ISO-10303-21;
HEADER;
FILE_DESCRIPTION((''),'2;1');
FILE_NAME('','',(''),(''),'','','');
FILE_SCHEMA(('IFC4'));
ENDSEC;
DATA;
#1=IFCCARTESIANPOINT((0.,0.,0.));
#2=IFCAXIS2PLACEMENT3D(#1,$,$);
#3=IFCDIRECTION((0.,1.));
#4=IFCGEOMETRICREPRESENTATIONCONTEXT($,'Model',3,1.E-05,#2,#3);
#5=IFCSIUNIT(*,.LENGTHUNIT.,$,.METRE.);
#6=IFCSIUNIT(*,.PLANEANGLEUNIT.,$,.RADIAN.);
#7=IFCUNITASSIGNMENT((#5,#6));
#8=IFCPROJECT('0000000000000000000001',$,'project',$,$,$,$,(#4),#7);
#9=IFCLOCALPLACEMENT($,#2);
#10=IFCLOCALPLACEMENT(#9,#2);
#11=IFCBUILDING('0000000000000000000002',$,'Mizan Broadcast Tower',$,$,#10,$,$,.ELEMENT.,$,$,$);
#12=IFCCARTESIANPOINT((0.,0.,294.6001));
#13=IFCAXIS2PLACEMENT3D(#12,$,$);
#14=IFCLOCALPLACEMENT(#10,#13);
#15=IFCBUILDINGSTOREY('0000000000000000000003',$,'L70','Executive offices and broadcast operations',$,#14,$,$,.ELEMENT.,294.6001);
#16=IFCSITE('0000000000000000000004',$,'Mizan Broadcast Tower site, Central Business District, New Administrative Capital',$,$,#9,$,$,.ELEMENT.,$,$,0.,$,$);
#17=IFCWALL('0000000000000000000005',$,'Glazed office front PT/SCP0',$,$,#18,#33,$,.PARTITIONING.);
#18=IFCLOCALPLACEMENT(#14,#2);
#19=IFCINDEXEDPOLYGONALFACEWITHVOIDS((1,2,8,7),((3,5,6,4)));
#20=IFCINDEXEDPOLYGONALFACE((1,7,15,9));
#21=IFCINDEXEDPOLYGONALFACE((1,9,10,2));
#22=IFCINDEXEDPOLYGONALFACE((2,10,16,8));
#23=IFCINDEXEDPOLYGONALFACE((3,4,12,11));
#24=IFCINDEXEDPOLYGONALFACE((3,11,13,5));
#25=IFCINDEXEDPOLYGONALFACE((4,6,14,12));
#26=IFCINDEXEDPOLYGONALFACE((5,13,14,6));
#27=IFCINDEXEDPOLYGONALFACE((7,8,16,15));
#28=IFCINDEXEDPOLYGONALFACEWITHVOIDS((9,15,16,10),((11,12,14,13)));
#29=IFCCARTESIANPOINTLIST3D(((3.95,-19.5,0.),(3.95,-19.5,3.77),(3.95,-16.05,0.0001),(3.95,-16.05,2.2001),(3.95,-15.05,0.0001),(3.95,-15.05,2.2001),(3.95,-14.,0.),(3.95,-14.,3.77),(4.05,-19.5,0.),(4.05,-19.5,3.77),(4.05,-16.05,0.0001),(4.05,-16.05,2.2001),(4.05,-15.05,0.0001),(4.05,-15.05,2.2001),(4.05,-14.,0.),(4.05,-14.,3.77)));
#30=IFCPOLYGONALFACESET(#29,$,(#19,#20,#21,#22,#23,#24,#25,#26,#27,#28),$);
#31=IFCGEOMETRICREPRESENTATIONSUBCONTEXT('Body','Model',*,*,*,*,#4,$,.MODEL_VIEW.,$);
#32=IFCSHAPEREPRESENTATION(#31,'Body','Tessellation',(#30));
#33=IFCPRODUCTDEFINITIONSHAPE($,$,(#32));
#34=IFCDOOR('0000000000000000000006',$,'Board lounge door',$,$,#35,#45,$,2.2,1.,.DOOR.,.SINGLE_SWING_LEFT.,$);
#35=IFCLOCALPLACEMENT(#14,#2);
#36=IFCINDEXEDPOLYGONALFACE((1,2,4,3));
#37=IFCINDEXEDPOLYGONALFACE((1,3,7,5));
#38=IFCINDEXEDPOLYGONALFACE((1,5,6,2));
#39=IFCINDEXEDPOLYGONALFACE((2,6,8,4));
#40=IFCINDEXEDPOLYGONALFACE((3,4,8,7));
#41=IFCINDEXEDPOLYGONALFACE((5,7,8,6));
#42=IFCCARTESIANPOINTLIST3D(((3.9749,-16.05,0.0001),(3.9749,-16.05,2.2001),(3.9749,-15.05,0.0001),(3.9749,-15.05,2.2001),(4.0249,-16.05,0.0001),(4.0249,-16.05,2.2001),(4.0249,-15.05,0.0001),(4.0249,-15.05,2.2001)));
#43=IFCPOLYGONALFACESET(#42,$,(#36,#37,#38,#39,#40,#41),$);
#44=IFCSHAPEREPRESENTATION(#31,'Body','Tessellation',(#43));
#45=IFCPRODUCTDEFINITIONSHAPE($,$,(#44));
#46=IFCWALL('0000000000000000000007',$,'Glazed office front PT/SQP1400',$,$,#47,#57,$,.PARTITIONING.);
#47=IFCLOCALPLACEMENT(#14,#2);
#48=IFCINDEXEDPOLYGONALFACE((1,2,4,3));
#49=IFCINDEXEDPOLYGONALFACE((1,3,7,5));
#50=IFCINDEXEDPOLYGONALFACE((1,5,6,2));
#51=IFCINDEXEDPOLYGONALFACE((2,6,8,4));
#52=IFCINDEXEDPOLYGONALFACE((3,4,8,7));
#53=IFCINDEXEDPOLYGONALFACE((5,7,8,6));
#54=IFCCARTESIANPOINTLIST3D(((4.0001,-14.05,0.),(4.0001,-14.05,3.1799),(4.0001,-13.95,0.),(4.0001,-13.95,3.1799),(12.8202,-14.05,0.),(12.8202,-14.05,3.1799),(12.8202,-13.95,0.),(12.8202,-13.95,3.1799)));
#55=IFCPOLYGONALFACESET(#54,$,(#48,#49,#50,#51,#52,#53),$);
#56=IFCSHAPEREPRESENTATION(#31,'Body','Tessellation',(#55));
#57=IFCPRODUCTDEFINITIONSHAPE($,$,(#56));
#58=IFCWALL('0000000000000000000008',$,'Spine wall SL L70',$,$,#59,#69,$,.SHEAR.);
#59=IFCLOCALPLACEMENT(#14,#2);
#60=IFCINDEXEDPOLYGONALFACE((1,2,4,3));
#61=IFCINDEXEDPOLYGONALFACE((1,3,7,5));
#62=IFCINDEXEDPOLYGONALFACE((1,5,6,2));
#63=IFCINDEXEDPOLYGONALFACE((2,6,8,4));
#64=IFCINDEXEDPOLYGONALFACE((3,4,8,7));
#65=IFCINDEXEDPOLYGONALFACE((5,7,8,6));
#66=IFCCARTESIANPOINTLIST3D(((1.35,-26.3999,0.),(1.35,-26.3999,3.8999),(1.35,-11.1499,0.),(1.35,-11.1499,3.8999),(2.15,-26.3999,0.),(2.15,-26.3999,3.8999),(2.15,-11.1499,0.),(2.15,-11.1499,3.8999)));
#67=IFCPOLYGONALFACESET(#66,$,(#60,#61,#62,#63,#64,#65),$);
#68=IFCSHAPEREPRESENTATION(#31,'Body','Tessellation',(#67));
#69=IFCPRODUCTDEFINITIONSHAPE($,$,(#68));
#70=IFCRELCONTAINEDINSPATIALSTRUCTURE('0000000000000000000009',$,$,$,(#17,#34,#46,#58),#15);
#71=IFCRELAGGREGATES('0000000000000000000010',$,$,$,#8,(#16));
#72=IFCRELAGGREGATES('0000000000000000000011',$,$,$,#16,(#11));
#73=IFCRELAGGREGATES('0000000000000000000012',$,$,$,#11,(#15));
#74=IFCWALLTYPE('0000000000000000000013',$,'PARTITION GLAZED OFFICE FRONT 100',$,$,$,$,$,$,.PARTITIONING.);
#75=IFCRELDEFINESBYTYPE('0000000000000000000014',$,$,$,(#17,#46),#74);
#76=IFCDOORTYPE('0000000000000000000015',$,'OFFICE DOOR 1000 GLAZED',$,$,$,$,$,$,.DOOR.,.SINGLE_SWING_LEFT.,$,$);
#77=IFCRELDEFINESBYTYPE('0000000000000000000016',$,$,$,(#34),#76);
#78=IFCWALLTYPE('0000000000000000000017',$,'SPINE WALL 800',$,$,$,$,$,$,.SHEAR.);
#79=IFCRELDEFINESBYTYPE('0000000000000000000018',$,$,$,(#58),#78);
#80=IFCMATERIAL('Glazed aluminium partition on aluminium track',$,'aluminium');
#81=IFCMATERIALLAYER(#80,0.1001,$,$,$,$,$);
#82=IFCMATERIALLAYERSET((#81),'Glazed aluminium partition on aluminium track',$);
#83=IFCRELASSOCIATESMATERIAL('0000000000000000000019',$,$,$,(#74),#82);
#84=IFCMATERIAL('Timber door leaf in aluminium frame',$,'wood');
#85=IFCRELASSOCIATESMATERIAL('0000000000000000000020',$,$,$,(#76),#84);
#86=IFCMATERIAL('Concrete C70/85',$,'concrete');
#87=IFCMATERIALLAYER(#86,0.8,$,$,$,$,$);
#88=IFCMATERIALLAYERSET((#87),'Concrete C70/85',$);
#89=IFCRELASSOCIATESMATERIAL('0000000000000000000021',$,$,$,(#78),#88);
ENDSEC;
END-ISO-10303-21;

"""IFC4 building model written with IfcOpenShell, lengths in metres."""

from ifc_helpers import new_model, si_unit, direction, frame, frame_2d, origin, place, context, subcontext, project, spatial, rectangle, extrude, material, layer, layer_set, type_object, element, fill, save


model = new_model("IFC4")

# Units and contexts
model_context = context("Model", 3, precision=1e-05, world=origin(), true_north=direction((0.0, 1.0)))
body_context = subcontext(model_context, "Body", "Model", "MODEL_VIEW")
ifc_project = project(units=[si_unit("LENGTHUNIT", "METRE"), si_unit("PLANEANGLEUNIT", "RADIAN")], contexts=[model_context])

# Site, building, storey
site_placement = place(None, origin())
site = spatial("IfcSite", under=ifc_project, at=site_placement, Name="Mizan Broadcast Tower site, Central Business District, New Administrative Capital", CompositionType="ELEMENT", RefElevation=0.0)
building_placement = place(site_placement, origin())
building = spatial("IfcBuilding", under=site, at=building_placement, Name="Mizan Broadcast Tower", CompositionType="ELEMENT")
storey_placement = place(building_placement, frame((0.0, 0.0, 294.6001)))
storey = spatial("IfcBuildingStorey", under=building, at=storey_placement, Name="L70", Description="Executive offices and broadcast operations", CompositionType="ELEMENT", Elevation=294.6001)

# Wall, opening, door
ifc_material_1 = material(Name="Glazed aluminium partition on aluminium track", Category="aluminium")
ifc_layer_1 = layer(ifc_material_1, 0.1001)
ifc_layer_set_1 = layer_set([ifc_layer_1], Name="Glazed aluminium partition on aluminium track")
wall_type_1 = type_object("IfcWallType", Name="PARTITION GLAZED OFFICE FRONT 100", PredefinedType="PARTITIONING", material=ifc_layer_set_1)
wall_1_placement = place(storey_placement, frame((4.0, -14.0, 0.0), z_axis=(0.0, 0.0, 1.0), x_axis=(0.0, -1.0, 0.0)))
wall_1 = element("IfcWall", 1, at=wall_1_placement, inside=storey, type_object=wall_type_1, Name="Glazed office front PT/SCP0", PredefinedType="PARTITIONING", context=body_context, shape_type="SweptSolid", body=[
    extrude(rectangle(XDim=5.5, YDim=0.1001, at=frame_2d((2.75, 0.0))), origin(), (0.0, 0.0, 1.0), 3.77),
])
opening_1_placement = place(wall_1_placement, frame((1.05, 0.0, 0.0)))
opening_1 = element("IfcOpeningElement", 2, at=opening_1_placement, cuts=wall_1, PredefinedType="OPENING", context=body_context, shape_type="SweptSolid", body=[
    extrude(rectangle(XDim=1.0, YDim=2.2, at=frame_2d((0.5, 1.1001))), frame((0.0, 0.0601, 0.0), z_axis=(0.0, -1.0, 0.0), x_axis=(1.0, 0.0, 0.0)), (0.0, 0.0, 1.0), 0.1201),
])
ifc_material_2 = material(Name="Timber door leaf in aluminium frame", Category="wood")
door_type_1 = type_object("IfcDoorType", Name="OFFICE DOOR 1000 GLAZED", OperationType="SINGLE_SWING_LEFT", PredefinedType="DOOR", material=ifc_material_2)
door_1_placement = place(opening_1_placement, origin())
door_1 = element("IfcDoor", 3, at=door_1_placement, inside=storey, type_object=door_type_1, Name="Board lounge door", OperationType="SINGLE_SWING_LEFT", OverallHeight=2.2, OverallWidth=1.0, PredefinedType="DOOR", context=body_context, shape_type="SweptSolid", body=[
    extrude(rectangle(XDim=1.0, YDim=2.2, at=frame_2d((0.5, 1.1001))), frame((0.0, 0.0249, 0.0), z_axis=(0.0, -1.0, 0.0), x_axis=(1.0, 0.0, 0.0)), (0.0, 0.0, 1.0), 0.05),
])
fill(opening_1, door_1)

# Walls
wall_2_placement = place(storey_placement, frame((4.0, -14.0, 0.0), z_axis=(0.0, 0.0, 1.0), x_axis=(1.0, 0.0, 0.0)))
element("IfcWall", 4, at=wall_2_placement, inside=storey, type_object=wall_type_1, Name="Glazed office front PT/SQP1400", PredefinedType="PARTITIONING", context=body_context, shape_type="SweptSolid", body=[
    extrude(rectangle(XDim=8.8201, YDim=0.1001, at=frame_2d((4.4102, 0.0))), origin(), (0.0, 0.0, 1.0), 3.1799),
])
ifc_material_3 = material(Name="Concrete C70/85", Category="concrete")
ifc_layer_2 = layer(ifc_material_3, 0.8)
ifc_layer_set_2 = layer_set([ifc_layer_2], Name="Concrete C70/85")
wall_type_2 = type_object("IfcWallType", Name="SPINE WALL 800", PredefinedType="SHEAR", material=ifc_layer_set_2)
wall_3_placement = place(storey_placement, frame((1.75, -11.1499, 0.0), z_axis=(0.0, 0.0, 1.0), x_axis=(0.0, -1.0, 0.0)))
element("IfcWall", 5, at=wall_3_placement, inside=storey, type_object=wall_type_2, Name="Spine wall SL L70", PredefinedType="SHEAR", context=body_context, shape_type="SweptSolid", body=[
    extrude(rectangle(XDim=15.25, YDim=0.8, at=frame_2d((7.625, 0.0))), origin(), (0.0, 0.0, 1.0), 3.8999),
])

save(model, "model.ifc")
